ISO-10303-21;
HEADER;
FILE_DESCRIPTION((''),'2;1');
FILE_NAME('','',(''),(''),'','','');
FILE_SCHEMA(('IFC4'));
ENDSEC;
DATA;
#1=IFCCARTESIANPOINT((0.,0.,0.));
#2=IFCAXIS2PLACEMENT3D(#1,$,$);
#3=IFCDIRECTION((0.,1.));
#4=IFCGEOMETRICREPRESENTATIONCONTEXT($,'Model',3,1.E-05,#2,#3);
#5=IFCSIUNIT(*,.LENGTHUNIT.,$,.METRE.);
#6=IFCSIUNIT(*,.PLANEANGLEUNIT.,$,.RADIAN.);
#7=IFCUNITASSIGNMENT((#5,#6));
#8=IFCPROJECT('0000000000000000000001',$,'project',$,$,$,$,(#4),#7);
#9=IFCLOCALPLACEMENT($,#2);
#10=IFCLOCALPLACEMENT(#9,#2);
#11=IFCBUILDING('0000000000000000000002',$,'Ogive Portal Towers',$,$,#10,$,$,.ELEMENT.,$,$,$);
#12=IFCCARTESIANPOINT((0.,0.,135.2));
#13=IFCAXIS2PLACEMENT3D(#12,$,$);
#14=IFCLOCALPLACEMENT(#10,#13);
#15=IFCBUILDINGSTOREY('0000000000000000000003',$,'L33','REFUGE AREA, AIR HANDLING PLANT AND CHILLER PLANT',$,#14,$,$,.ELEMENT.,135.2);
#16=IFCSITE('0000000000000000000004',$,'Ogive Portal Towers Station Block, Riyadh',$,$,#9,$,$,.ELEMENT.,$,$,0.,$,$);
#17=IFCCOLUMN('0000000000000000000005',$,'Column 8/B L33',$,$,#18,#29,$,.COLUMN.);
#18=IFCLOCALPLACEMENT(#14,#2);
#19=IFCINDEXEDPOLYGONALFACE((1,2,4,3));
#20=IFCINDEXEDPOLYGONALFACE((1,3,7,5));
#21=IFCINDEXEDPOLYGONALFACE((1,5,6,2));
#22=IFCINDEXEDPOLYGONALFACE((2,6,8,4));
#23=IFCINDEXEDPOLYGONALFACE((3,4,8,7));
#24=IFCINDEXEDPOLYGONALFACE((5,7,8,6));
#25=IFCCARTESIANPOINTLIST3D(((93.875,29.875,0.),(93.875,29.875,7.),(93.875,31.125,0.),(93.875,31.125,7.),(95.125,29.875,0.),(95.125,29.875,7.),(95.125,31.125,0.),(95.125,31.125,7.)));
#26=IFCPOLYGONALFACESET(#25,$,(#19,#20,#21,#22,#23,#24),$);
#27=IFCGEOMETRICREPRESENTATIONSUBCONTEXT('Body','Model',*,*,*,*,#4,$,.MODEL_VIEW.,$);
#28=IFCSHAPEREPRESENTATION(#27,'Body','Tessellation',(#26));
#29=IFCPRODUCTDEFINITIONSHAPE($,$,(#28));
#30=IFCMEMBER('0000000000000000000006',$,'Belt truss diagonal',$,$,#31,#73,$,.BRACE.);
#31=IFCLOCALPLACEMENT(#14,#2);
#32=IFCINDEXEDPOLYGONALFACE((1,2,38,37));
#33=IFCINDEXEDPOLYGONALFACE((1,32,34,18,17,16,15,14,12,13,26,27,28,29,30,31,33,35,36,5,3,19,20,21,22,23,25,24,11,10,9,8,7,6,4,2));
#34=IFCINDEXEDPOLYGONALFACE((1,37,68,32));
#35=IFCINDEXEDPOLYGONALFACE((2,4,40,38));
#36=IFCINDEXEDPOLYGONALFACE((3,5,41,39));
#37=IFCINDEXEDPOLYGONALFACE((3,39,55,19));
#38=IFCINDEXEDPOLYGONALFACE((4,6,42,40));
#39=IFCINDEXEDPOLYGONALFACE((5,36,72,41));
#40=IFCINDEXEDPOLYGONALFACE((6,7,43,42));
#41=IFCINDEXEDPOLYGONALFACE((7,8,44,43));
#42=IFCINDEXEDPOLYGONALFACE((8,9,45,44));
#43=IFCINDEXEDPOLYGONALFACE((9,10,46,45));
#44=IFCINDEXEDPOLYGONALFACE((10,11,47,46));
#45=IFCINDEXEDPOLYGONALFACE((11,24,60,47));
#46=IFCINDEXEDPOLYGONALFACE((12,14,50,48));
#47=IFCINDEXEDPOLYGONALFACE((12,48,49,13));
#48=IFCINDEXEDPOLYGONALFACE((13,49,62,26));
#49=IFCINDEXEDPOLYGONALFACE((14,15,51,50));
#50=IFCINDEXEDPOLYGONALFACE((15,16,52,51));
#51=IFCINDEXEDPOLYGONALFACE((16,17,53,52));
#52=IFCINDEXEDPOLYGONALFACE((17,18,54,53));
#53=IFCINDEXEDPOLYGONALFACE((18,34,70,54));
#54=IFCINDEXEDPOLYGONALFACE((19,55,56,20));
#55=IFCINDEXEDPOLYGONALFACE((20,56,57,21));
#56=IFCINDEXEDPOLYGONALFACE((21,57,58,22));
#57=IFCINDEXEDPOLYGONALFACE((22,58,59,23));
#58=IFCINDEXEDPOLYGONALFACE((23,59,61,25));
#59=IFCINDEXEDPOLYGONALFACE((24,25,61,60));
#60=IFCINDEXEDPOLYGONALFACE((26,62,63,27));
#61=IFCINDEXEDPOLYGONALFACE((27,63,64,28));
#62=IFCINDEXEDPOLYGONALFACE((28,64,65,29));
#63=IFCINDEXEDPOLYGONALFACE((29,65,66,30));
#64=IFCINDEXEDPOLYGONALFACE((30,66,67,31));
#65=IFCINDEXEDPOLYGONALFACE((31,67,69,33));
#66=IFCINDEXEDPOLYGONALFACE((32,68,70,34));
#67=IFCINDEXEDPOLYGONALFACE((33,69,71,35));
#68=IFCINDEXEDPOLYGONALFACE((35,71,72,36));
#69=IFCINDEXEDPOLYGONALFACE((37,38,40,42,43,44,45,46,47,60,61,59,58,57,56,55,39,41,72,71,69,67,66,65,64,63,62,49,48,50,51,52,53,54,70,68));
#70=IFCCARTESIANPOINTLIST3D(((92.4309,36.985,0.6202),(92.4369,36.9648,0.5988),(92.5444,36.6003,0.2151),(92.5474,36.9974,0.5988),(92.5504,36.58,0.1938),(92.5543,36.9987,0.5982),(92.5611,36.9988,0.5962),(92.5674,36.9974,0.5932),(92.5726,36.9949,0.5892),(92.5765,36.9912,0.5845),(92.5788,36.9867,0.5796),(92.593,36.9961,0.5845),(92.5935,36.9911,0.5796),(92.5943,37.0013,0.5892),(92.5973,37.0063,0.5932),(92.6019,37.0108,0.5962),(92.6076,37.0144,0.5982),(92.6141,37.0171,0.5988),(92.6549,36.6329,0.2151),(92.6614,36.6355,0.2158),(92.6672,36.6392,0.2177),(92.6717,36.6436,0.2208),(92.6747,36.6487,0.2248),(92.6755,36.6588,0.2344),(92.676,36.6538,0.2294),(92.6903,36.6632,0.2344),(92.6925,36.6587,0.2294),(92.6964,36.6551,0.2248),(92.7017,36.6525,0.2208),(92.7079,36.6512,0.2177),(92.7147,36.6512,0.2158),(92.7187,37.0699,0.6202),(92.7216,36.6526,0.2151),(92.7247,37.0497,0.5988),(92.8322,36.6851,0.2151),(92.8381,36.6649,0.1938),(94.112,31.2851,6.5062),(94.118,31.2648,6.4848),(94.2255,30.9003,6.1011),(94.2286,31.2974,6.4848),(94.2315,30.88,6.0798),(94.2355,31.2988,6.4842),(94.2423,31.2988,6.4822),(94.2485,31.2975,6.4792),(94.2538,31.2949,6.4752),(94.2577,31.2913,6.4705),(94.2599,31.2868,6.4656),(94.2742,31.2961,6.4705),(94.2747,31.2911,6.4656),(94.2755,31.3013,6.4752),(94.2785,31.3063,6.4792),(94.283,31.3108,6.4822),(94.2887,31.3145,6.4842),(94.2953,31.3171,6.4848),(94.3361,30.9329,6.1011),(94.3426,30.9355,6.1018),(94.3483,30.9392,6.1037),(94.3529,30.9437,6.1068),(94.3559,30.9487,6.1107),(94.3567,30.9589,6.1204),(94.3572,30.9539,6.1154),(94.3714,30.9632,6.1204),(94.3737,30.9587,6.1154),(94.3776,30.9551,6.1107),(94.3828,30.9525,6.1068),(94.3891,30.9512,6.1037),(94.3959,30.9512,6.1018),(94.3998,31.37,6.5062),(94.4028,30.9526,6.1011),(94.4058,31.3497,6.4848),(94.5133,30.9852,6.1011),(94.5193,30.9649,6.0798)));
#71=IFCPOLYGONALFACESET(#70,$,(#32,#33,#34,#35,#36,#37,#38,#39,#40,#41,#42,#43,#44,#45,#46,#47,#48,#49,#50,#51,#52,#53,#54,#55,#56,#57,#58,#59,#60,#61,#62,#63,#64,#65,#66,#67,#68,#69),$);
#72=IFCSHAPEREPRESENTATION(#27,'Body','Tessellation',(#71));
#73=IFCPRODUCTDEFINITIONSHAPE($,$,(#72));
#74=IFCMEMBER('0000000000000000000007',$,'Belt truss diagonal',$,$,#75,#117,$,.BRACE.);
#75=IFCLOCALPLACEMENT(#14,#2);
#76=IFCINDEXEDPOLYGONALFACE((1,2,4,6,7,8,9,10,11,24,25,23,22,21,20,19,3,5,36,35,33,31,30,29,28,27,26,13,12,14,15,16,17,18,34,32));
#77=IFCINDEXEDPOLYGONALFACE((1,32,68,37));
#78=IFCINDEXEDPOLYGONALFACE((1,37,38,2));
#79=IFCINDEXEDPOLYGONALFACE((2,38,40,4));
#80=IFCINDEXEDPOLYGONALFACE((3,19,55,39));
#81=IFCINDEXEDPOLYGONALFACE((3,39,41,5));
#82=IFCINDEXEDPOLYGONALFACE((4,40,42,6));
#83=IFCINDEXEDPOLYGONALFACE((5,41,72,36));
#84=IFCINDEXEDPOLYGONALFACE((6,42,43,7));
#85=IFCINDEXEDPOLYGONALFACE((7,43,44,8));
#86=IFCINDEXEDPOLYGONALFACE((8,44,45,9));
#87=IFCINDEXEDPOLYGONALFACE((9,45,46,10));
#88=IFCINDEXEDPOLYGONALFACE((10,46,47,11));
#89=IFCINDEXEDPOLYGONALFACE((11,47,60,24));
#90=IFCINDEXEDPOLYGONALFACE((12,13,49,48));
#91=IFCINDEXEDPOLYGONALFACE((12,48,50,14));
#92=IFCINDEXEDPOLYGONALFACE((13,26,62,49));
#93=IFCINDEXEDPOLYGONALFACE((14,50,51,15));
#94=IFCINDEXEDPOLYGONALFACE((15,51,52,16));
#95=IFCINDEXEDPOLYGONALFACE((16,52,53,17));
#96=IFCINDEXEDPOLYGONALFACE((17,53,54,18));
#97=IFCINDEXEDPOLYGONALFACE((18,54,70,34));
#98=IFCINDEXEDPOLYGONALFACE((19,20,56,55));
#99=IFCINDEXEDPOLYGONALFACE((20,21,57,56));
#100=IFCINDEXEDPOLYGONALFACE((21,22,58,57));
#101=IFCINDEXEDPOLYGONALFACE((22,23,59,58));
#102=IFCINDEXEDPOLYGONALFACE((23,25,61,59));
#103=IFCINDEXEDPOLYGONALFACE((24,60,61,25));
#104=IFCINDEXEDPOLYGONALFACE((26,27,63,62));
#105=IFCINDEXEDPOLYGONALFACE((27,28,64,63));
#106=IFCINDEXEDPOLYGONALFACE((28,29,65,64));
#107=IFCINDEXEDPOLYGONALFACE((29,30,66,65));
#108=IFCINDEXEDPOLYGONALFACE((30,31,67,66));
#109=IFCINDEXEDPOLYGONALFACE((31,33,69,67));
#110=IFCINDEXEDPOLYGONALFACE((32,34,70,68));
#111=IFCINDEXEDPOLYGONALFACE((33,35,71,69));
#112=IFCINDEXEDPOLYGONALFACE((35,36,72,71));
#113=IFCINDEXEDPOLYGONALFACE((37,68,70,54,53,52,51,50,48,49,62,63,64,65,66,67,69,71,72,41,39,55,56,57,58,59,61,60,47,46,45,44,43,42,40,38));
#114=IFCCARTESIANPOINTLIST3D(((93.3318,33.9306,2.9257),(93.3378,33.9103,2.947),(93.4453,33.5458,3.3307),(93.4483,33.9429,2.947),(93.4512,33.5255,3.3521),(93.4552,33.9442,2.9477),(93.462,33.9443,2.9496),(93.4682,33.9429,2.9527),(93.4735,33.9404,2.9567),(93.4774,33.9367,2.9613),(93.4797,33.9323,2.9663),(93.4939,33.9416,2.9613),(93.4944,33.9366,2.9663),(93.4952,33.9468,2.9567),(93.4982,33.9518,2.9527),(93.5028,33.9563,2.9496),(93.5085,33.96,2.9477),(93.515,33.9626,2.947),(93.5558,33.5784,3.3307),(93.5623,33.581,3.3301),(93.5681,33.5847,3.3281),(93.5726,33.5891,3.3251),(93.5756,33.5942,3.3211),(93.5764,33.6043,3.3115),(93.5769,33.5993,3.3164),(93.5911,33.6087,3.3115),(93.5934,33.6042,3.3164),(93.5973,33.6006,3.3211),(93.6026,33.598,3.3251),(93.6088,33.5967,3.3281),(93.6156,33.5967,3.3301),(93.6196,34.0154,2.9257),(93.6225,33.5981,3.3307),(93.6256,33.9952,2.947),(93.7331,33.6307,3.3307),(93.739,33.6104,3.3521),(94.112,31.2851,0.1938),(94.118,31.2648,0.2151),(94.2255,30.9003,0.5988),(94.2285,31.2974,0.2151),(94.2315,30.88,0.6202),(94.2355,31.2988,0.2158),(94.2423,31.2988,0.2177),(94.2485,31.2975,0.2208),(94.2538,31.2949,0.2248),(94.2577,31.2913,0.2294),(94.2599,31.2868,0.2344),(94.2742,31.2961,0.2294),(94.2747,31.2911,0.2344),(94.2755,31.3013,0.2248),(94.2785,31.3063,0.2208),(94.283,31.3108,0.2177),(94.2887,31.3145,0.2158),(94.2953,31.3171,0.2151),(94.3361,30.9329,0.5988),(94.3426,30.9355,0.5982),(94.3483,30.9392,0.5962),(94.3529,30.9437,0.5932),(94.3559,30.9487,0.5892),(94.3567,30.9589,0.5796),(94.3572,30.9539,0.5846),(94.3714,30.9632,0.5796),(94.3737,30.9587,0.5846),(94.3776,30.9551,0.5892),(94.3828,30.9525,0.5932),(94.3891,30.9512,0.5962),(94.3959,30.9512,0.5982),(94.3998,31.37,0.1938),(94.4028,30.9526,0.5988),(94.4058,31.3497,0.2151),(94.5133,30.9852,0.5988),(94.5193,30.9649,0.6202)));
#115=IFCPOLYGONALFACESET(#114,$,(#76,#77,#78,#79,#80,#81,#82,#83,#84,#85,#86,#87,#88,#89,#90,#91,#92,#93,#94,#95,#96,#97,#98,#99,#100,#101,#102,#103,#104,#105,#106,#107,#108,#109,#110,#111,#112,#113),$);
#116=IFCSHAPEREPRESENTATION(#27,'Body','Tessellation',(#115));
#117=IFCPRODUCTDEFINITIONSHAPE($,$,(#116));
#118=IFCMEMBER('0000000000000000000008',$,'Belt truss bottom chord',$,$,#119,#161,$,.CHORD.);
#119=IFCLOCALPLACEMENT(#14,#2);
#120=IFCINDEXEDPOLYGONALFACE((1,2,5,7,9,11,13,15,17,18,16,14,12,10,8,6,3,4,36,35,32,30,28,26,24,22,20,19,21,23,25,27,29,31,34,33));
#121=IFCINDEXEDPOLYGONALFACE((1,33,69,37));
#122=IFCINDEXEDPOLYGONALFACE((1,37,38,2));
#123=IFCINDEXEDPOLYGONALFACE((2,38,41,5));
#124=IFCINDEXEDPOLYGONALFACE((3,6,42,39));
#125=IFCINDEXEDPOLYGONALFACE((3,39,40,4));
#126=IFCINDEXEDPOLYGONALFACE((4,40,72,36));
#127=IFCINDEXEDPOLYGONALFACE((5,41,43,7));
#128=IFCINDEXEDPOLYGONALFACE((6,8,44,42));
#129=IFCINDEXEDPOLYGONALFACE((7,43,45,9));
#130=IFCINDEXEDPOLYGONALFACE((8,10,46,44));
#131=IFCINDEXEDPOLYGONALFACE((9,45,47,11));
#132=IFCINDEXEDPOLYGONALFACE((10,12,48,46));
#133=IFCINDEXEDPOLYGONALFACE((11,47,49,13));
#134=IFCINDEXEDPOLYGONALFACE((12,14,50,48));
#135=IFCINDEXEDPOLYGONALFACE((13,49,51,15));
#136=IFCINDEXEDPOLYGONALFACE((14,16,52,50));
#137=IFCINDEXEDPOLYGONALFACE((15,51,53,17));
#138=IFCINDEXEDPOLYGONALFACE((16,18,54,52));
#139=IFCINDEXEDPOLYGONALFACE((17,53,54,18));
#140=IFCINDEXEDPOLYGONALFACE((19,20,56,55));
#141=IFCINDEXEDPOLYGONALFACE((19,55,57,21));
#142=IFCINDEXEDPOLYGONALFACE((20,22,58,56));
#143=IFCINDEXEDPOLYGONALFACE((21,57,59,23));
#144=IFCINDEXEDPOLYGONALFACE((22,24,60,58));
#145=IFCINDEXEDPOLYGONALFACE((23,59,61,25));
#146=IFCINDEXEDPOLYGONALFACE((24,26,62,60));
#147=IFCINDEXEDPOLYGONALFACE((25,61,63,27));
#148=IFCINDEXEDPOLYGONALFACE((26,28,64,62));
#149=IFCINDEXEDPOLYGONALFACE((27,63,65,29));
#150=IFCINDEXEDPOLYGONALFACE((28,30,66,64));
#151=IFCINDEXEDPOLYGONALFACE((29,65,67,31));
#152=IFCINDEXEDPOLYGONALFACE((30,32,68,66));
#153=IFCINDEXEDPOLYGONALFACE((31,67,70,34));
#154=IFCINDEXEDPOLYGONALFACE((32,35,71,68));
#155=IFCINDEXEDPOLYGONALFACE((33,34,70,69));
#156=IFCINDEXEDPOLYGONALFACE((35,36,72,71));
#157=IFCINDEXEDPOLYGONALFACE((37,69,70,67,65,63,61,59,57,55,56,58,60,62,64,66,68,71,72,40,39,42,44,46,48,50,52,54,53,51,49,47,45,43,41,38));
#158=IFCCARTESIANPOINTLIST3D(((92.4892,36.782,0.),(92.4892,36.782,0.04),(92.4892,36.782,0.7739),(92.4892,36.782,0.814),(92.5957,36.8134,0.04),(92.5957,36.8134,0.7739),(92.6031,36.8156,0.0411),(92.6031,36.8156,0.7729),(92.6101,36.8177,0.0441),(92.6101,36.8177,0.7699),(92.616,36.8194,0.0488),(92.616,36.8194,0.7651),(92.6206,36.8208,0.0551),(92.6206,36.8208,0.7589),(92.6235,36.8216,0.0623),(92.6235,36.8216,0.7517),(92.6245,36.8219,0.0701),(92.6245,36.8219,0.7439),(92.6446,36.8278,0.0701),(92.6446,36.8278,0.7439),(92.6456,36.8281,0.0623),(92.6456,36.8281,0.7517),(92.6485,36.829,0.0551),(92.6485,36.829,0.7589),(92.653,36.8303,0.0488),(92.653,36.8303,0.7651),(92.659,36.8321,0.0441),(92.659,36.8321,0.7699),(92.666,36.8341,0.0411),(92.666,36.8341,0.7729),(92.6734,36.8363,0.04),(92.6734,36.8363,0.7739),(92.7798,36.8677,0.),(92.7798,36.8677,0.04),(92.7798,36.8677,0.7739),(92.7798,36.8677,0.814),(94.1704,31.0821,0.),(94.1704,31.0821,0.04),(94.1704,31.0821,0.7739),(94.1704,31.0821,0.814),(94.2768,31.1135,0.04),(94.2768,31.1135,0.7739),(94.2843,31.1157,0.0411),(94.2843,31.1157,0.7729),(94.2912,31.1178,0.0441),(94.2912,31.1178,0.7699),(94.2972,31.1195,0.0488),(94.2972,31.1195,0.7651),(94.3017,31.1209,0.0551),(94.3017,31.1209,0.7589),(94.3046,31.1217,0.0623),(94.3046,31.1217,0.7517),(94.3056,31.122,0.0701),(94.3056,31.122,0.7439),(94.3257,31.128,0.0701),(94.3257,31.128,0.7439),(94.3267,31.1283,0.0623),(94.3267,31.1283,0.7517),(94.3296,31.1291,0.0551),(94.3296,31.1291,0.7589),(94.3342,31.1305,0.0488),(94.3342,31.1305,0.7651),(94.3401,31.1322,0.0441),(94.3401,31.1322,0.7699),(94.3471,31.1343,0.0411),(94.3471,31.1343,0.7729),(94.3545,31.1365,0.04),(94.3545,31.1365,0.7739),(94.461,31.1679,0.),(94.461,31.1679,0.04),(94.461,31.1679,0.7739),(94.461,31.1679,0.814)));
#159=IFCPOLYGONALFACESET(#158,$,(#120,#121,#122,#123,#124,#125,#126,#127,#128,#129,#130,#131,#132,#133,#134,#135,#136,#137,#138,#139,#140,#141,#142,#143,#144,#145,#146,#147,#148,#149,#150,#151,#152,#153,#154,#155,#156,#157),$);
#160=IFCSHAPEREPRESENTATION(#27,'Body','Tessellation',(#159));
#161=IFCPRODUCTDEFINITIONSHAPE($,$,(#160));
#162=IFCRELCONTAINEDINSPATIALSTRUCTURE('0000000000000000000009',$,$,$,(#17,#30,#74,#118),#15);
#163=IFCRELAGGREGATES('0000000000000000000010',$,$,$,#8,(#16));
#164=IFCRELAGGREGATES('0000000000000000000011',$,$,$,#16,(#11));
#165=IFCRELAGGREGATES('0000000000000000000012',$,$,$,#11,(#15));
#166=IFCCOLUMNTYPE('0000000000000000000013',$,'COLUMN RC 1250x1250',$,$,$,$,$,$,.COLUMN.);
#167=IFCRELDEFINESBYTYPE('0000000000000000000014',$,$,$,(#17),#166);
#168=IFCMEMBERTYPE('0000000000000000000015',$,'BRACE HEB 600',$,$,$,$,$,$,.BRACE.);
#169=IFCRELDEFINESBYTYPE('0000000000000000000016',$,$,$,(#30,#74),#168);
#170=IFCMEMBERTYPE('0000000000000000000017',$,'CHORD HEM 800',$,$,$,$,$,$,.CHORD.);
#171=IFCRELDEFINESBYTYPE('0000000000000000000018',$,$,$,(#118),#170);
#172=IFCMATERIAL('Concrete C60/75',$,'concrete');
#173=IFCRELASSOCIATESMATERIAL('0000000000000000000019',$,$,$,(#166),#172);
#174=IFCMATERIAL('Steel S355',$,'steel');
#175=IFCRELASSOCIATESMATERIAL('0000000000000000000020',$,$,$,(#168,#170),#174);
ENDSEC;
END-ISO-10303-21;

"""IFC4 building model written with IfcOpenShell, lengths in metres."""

from ifc_helpers import new_model, si_unit, direction, frame, origin, origin_2d, place, context, subcontext, project, spatial, rectangle, i_section, extrude, material, material_profile, profile_set, type_object, element, save


model = new_model("IFC4")

# Units and contexts
model_context = context("Model", 3, precision=1e-05, world=origin(), true_north=direction((0.0, 1.0)))
body_context = subcontext(model_context, "Body", "Model", "MODEL_VIEW")
ifc_project = project(units=[si_unit("LENGTHUNIT", "METRE"), si_unit("PLANEANGLEUNIT", "RADIAN")], contexts=[model_context])

# Site, building, storey
site_placement = place(None, origin())
site = spatial("IfcSite", under=ifc_project, at=site_placement, Name="Ogive Portal Towers Station Block, Riyadh", CompositionType="ELEMENT", RefElevation=0.0)
building_placement = place(site_placement, origin())
building = spatial("IfcBuilding", under=site, at=building_placement, Name="Ogive Portal Towers", CompositionType="ELEMENT")
storey_placement = place(building_placement, frame((0.0, 0.0, 135.2)))
storey = spatial("IfcBuildingStorey", under=building, at=storey_placement, Name="L33", Description="REFUGE AREA, AIR HANDLING PLANT AND CHILLER PLANT", CompositionType="ELEMENT", Elevation=135.2)

# Column
ifc_material_1 = material(Name="Concrete C60/75", Category="concrete")
ifc_material_profile_1 = material_profile(ifc_material_1, rectangle(XDim=1.25, YDim=1.25, at=origin_2d()), Name="RC 1250x1250")
ifc_profile_set_1 = profile_set([ifc_material_profile_1], Name="Concrete C60/75")
column_type = type_object("IfcColumnType", Name="COLUMN RC 1250x1250", PredefinedType="COLUMN", material=ifc_profile_set_1)
column_placement = place(storey_placement, frame((94.5, 30.5, 0.0), z_axis=(0.0, 0.0, 1.0), x_axis=(1.0, 0.0, 0.0)))
element("IfcColumn", 1, at=column_placement, inside=storey, type_object=column_type, Name="Column 8/B L33", PredefinedType="COLUMN", context=body_context, shape_type="SweptSolid", body=[
    extrude(rectangle(XDim=1.25, YDim=1.25, at=origin_2d()), origin(), (0.0, 0.0, 1.0), 7.0),
])

# Members
ifc_material_2 = material(Name="Steel S355", Category="steel")
ifc_material_profile_2 = material_profile(ifc_material_2, i_section(OverallWidth=0.3, OverallDepth=0.6001, WebThickness=0.0154, FlangeThickness=0.03, FilletRadius=0.0271, at=origin_2d()), Name="HEB 600")
ifc_profile_set_2 = profile_set([ifc_material_profile_2], Name="Steel S355")
member_type_1 = type_object("IfcMemberType", Name="BRACE HEB 600", PredefinedType="BRACE", material=ifc_profile_set_2)
member_1_placement = place(storey_placement, frame((94.3157, 31.125, 6.293), z_axis=(-0.200993, 0.681467, -0.703708), x_axis=(-0.959151, -0.282894, 0.0)))
element("IfcMember", 2, at=member_1_placement, inside=storey, type_object=member_type_1, Name="Belt truss diagonal", PredefinedType="BRACE", context=body_context, shape_type="SweptSolid", body=[
    extrude(i_section(OverallWidth=0.3, OverallDepth=0.6001, WebThickness=0.0154, FlangeThickness=0.03, FilletRadius=0.0271, at=origin_2d()), origin(), (0.0, 0.0, 1.0), 8.3643),
])
member_2_placement = place(storey_placement, frame((94.3157, 31.125, 0.407), z_axis=(-0.200991, 0.681456, 0.703719), x_axis=(-0.959151, -0.282895, 0.0)))
element("IfcMember", 3, at=member_2_placement, inside=storey, type_object=member_type_1, Name="Belt truss diagonal", PredefinedType="BRACE", context=body_context, shape_type="SweptSolid", body=[
    extrude(i_section(OverallWidth=0.3, OverallDepth=0.6001, WebThickness=0.0154, FlangeThickness=0.03, FilletRadius=0.0271, at=origin_2d()), origin(), (0.0, 0.0, 1.0), 3.8821),
])
ifc_material_profile_3 = material_profile(ifc_material_2, i_section(OverallWidth=0.303, OverallDepth=0.814, WebThickness=0.021, FlangeThickness=0.04, FilletRadius=0.03, at=origin_2d()), Name="HEM 800")
ifc_profile_set_3 = profile_set([ifc_material_profile_3], Name="Steel S355")
member_type_2 = type_object("IfcMemberType", Name="CHORD HEM 800", PredefinedType="CHORD", material=ifc_profile_set_3)
for number, where, z_axis, x_axis, name in (
    (4, (94.3157, 31.125, 0.407), (-0.282894, 0.959151, 0.0), (-0.959151, -0.282894, 0.0), "Belt truss bottom chord"),
):
    element("IfcMember", number, at=place(storey_placement, frame(where, z_axis=z_axis, x_axis=x_axis)), inside=storey, type_object=member_type_2, Name=name, PredefinedType="CHORD", context=body_context, shape_type="SweptSolid", body=[
        extrude(i_section(OverallWidth=0.303, OverallDepth=0.814, WebThickness=0.021, FlangeThickness=0.04, FilletRadius=0.03, at=origin_2d()), origin(), (0.0, 0.0, 1.0), 5.9426),
    ])

save(model, "model.ifc")
